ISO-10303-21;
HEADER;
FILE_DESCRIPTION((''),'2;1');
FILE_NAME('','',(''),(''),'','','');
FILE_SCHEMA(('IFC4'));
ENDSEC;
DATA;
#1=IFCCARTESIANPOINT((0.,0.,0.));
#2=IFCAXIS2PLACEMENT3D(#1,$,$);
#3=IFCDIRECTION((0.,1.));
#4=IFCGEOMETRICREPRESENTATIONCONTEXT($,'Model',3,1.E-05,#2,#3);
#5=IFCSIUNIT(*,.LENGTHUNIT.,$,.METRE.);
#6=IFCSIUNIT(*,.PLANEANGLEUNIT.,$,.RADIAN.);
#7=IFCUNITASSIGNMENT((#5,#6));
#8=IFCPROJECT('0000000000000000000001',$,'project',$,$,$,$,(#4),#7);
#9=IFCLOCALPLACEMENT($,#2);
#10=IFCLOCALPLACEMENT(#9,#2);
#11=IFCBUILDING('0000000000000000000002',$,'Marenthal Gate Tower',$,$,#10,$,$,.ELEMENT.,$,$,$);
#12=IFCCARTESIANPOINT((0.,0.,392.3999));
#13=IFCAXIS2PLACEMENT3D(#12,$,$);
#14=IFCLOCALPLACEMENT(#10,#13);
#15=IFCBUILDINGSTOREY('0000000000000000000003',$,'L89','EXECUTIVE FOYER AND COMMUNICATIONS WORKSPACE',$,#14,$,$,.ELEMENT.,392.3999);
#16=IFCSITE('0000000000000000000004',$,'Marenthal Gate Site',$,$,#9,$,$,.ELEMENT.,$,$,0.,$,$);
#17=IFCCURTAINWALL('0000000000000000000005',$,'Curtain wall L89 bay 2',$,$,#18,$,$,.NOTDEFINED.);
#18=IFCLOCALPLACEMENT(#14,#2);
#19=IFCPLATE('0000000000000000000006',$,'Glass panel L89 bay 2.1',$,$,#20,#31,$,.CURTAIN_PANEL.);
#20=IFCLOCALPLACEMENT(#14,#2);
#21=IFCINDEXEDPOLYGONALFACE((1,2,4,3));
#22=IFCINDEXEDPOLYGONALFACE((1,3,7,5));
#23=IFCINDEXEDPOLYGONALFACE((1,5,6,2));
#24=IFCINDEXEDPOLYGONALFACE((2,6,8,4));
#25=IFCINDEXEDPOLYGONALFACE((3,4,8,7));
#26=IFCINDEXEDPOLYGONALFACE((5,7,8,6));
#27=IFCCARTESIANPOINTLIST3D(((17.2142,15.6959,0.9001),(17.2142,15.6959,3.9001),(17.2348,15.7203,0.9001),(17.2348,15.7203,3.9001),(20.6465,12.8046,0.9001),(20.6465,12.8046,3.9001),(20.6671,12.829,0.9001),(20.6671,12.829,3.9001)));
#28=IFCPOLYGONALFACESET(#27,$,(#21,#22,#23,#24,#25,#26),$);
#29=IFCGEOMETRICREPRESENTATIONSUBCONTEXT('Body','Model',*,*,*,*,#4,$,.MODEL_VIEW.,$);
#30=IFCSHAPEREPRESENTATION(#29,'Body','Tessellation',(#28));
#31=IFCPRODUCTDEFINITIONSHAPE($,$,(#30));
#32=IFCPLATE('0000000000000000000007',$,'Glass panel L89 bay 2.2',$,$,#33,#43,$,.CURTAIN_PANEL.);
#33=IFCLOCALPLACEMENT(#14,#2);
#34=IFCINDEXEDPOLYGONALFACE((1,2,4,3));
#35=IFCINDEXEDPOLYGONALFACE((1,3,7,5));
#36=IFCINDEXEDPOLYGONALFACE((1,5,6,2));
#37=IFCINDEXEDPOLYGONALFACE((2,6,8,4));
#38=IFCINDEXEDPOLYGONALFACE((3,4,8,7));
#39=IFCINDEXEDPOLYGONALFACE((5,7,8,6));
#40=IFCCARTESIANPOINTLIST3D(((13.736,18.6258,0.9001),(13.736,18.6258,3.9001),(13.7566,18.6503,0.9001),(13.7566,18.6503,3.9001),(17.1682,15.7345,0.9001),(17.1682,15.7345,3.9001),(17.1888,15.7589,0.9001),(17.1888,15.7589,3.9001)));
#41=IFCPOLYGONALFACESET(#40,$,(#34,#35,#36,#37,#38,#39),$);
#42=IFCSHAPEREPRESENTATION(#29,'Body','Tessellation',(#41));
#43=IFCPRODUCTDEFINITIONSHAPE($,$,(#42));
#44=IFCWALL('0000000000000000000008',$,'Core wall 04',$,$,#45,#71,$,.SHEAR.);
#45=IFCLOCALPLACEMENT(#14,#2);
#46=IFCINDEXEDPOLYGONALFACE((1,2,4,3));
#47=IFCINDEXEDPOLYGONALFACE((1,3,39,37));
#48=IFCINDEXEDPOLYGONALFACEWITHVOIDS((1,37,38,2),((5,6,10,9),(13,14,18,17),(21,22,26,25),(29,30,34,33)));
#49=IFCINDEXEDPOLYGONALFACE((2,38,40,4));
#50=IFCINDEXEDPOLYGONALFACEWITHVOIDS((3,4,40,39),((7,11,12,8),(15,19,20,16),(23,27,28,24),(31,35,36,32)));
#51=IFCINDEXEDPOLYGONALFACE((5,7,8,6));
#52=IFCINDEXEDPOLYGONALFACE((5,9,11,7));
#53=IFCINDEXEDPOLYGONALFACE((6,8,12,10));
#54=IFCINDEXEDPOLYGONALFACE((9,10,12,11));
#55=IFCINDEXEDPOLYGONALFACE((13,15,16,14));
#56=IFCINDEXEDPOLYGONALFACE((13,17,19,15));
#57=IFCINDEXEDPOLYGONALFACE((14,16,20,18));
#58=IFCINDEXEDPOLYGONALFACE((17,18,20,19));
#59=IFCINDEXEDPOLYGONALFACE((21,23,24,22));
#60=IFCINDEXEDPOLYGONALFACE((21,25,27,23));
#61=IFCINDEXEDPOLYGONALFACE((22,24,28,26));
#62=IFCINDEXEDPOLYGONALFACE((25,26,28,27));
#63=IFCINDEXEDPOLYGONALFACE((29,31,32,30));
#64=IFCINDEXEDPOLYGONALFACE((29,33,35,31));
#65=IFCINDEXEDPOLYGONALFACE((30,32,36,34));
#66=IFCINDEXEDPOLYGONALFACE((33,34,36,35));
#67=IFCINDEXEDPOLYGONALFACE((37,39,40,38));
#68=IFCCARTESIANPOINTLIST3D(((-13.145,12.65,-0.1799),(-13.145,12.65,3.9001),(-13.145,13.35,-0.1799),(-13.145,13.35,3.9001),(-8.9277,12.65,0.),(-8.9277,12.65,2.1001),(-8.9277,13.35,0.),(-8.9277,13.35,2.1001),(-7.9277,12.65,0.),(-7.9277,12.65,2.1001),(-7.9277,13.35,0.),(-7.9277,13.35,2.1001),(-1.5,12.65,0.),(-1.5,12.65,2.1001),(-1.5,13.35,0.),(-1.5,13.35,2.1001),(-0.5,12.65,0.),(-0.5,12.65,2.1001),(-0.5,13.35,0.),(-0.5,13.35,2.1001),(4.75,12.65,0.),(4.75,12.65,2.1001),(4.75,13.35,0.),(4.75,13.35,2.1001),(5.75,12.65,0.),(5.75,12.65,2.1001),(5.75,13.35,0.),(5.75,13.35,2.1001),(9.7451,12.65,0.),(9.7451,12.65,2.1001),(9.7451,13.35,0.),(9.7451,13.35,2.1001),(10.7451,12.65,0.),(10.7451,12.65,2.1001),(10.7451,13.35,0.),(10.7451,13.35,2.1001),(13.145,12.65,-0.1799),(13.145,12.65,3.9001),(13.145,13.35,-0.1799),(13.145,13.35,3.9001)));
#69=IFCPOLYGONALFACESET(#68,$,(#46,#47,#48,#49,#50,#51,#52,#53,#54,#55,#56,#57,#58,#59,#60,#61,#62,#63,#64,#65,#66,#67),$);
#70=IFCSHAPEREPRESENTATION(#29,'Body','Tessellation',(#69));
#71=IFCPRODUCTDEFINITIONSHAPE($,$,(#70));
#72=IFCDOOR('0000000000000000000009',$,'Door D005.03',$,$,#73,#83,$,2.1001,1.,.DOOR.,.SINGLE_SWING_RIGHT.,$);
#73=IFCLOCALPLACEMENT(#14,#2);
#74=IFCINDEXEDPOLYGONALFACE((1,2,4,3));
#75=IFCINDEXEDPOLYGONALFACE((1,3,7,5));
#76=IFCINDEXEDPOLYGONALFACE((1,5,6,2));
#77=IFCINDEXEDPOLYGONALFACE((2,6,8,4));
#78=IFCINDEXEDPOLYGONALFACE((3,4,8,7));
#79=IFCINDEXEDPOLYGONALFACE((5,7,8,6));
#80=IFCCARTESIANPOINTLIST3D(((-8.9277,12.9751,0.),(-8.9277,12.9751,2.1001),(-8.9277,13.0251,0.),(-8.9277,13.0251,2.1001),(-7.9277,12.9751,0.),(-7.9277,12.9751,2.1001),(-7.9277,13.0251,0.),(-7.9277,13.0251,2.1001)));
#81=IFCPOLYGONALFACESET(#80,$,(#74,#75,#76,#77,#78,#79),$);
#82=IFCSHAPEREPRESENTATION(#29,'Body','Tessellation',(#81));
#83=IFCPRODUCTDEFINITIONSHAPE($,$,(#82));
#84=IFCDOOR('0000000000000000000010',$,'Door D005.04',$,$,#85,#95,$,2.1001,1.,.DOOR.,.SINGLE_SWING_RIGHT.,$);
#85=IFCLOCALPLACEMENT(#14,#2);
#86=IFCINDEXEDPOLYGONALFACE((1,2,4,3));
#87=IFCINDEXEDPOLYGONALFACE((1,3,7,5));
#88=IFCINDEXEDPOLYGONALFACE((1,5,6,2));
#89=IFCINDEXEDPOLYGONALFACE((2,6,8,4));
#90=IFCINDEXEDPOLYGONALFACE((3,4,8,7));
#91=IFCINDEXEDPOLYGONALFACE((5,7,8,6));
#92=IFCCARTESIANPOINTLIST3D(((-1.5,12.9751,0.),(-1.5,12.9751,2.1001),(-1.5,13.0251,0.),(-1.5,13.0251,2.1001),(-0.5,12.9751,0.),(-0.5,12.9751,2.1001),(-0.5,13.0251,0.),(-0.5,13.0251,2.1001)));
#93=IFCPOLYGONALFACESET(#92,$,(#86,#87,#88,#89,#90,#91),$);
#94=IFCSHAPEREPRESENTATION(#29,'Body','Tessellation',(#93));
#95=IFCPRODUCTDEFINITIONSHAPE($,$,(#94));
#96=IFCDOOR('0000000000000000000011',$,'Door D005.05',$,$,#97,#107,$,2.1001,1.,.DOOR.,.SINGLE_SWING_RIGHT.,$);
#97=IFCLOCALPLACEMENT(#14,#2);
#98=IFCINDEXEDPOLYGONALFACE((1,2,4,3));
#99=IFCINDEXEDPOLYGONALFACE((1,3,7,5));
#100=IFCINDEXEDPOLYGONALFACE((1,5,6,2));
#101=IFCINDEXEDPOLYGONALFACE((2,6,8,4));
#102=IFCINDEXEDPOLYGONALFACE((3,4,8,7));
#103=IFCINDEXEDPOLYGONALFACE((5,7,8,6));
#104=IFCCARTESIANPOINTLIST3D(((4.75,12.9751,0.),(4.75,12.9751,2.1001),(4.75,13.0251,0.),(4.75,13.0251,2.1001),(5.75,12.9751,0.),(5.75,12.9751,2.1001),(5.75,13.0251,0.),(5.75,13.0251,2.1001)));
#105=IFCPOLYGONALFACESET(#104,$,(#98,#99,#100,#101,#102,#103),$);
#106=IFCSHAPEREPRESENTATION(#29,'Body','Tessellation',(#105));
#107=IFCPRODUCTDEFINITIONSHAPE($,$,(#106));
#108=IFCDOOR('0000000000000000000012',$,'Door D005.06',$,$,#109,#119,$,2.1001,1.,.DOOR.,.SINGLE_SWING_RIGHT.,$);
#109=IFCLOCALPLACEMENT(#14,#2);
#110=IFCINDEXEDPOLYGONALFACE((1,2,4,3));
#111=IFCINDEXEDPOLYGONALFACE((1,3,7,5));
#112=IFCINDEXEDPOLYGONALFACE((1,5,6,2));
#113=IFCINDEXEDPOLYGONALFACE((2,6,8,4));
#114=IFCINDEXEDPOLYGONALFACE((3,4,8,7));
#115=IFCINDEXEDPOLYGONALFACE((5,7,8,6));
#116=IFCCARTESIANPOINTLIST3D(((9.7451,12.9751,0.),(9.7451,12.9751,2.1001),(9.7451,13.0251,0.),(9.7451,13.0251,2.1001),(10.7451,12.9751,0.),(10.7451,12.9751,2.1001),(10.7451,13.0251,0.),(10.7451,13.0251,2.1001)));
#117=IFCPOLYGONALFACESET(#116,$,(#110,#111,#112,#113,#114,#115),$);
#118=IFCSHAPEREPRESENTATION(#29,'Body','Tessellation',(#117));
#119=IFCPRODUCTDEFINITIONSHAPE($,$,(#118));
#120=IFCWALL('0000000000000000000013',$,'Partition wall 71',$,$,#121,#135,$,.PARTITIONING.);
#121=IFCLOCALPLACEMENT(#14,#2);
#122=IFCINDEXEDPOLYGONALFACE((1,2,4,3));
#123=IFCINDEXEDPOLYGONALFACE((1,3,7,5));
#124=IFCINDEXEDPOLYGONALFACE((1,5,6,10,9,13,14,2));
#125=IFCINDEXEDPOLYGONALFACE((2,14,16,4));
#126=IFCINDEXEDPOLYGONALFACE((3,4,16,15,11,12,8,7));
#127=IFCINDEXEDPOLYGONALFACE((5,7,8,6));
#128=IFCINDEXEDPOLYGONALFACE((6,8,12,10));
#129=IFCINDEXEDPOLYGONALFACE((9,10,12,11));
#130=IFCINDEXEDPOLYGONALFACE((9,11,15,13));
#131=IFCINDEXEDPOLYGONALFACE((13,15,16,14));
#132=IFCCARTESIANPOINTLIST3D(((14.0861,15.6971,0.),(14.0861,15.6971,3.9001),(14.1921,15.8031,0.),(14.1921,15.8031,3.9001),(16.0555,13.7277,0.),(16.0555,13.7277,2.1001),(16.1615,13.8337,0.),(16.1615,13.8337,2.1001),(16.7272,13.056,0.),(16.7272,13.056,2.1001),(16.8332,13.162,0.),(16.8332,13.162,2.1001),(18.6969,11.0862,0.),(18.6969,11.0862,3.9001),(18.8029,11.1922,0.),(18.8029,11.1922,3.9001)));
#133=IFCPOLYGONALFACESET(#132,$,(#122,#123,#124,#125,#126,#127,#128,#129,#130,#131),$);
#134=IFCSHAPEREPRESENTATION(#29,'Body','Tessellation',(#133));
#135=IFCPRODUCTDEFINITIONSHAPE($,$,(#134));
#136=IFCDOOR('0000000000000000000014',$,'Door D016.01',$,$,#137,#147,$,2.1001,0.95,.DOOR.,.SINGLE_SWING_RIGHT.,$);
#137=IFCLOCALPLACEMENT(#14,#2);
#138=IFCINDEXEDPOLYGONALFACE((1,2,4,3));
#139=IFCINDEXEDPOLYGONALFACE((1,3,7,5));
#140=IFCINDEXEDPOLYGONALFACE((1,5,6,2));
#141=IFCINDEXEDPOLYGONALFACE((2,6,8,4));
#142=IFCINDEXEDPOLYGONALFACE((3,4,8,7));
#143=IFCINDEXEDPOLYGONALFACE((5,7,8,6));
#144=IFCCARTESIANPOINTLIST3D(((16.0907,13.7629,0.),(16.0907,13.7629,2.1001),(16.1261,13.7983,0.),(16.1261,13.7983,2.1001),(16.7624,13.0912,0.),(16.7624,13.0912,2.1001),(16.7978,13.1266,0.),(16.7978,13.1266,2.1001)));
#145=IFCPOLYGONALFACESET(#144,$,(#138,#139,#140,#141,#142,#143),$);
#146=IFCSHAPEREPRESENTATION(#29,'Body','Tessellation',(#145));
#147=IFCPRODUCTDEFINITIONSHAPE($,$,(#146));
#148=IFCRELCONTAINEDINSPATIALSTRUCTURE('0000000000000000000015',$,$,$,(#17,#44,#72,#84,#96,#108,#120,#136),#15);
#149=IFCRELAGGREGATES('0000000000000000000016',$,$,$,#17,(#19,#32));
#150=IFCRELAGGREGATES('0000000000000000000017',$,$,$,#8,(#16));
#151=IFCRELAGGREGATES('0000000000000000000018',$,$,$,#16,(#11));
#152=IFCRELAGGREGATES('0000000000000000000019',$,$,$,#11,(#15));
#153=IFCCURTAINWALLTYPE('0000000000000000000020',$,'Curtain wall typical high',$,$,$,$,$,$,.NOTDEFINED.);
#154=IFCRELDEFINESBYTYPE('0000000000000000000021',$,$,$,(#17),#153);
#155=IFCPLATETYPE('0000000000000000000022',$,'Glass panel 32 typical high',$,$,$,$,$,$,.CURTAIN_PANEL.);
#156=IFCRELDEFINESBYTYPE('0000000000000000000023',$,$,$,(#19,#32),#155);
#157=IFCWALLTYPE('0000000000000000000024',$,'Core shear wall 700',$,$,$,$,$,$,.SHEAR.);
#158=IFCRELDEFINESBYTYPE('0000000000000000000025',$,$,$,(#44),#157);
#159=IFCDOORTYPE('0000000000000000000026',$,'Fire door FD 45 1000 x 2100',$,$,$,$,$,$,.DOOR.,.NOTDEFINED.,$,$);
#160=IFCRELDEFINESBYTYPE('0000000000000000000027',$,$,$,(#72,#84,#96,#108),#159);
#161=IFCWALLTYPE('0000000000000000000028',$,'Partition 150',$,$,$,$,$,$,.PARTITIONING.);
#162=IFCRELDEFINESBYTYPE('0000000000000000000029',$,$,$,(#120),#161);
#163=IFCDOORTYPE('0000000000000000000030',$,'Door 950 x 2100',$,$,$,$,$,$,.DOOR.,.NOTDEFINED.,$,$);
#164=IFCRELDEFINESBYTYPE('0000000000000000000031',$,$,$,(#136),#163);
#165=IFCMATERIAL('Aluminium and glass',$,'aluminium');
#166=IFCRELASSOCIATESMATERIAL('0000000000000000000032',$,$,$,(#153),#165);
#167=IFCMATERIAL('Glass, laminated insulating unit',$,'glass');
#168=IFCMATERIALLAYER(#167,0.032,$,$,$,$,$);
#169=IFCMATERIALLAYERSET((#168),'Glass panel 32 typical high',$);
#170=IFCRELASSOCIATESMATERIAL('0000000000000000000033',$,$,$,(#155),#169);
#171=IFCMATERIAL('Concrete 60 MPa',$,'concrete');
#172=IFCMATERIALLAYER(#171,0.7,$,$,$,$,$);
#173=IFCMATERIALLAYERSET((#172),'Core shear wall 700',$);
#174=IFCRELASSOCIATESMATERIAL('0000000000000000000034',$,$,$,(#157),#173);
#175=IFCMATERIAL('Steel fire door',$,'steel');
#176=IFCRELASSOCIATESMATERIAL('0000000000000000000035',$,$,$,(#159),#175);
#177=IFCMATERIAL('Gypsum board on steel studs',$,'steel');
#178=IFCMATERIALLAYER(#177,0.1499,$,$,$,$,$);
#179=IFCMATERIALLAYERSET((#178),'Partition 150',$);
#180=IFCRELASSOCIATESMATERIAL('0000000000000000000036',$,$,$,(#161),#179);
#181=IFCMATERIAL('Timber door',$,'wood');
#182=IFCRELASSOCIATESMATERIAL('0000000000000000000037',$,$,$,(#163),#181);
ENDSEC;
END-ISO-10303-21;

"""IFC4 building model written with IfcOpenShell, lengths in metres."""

from ifc_helpers import new_model, si_unit, direction, frame, frame_2d, origin, origin_2d, place, context, subcontext, project, spatial, rectangle, extrude, material, layer, layer_set, type_object, element, fill, aggregate, save


model = new_model("IFC4")

# Units and contexts
model_context = context("Model", 3, precision=1e-05, world=origin(), true_north=direction((0.0, 1.0)))
body_context = subcontext(model_context, "Body", "Model", "MODEL_VIEW")
ifc_project = project(units=[si_unit("LENGTHUNIT", "METRE"), si_unit("PLANEANGLEUNIT", "RADIAN")], contexts=[model_context])

# Site, building, storey
site_placement = place(None, origin())
site = spatial("IfcSite", under=ifc_project, at=site_placement, Name="Marenthal Gate Site", CompositionType="ELEMENT", RefElevation=0.0)
building_placement = place(site_placement, origin())
building = spatial("IfcBuilding", under=site, at=building_placement, Name="Marenthal Gate Tower", CompositionType="ELEMENT")
storey_placement = place(building_placement, frame((0.0, 0.0, 392.3999)))
storey = spatial("IfcBuildingStorey", under=building, at=storey_placement, Name="L89", Description="EXECUTIVE FOYER AND COMMUNICATIONS WORKSPACE", CompositionType="ELEMENT", Elevation=392.3999)

# Curtain wall
ifc_material_1 = material(Name="Aluminium and glass", Category="aluminium")
curtain_wall_type = type_object("IfcCurtainWallType", Name="Curtain wall typical high", PredefinedType="NOTDEFINED", material=ifc_material_1)
curtain_wall_placement = place(storey_placement, origin())
curtain_wall = element("IfcCurtainWall", 1, at=curtain_wall_placement, inside=storey, type_object=curtain_wall_type, Name="Curtain wall L89 bay 2", PredefinedType="NOTDEFINED")

# Plates
ifc_material_2 = material(Name="Glass, laminated insulating unit", Category="glass")
ifc_layer_1 = layer(ifc_material_2, 0.032)
ifc_layer_set_1 = layer_set([ifc_layer_1], Name="Glass panel 32 typical high")
plate_type = type_object("IfcPlateType", Name="Glass panel 32 typical high", PredefinedType="CURTAIN_PANEL", material=ifc_layer_set_1)
plate_1_placement = place(storey_placement, frame((18.9407, 14.2625, 0.9001), z_axis=(0.0, 0.0, 1.0), x_axis=(-0.764802, 0.644265, 0.0)))
plate_1 = element("IfcPlate", 2, at=plate_1_placement, type_object=plate_type, Name="Glass panel L89 bay 2.1", PredefinedType="CURTAIN_PANEL", context=body_context, shape_type="SweptSolid", body=[
    extrude(rectangle(XDim=4.4878, YDim=0.032, at=origin_2d()), origin(), (0.0, 0.0, 1.0), 3.0),
])
plate_2_placement = place(storey_placement, frame((15.4624, 17.1924, 0.9001), z_axis=(0.0, 0.0, 1.0), x_axis=(-0.764802, 0.644265, 0.0)))
plate_2 = element("IfcPlate", 3, at=plate_2_placement, type_object=plate_type, Name="Glass panel L89 bay 2.2", PredefinedType="CURTAIN_PANEL", context=body_context, shape_type="SweptSolid", body=[
    extrude(rectangle(XDim=4.4878, YDim=0.032, at=origin_2d()), origin(), (0.0, 0.0, 1.0), 3.0),
])
aggregate(curtain_wall, [plate_1, plate_2])

# Wall, openings, doors
ifc_material_3 = material(Name="Concrete 60 MPa", Category="concrete")
ifc_layer_2 = layer(ifc_material_3, 0.7)
ifc_layer_set_2 = layer_set([ifc_layer_2], Name="Core shear wall 700")
wall_type_1 = type_object("IfcWallType", Name="Core shear wall 700", PredefinedType="SHEAR", material=ifc_layer_set_2)
wall_1_placement = place(storey_placement, frame((13.145, 13.0, -0.1799), z_axis=(0.0, 0.0, 1.0), x_axis=(-1.0, 0.0, 0.0)))
wall_1 = element("IfcWall", 4, at=wall_1_placement, inside=storey, type_object=wall_type_1, Name="Core wall 04", PredefinedType="SHEAR", context=body_context, shape_type="SweptSolid", body=[
    extrude(rectangle(XDim=26.29, YDim=0.7, at=frame_2d((13.145, 0.0))), origin(), (0.0, 0.0, 1.0), 4.0801),
])
opening_1_placement = place(wall_1_placement, frame((21.0728, 0.0, 0.1799)))
opening_1 = element("IfcOpeningElement", 5, at=opening_1_placement, cuts=wall_1, PredefinedType="OPENING", context=body_context, shape_type="SweptSolid", body=[
    extrude(rectangle(XDim=1.0, YDim=2.1001, at=frame_2d((0.5, 1.05))), frame((0.0, 0.3599, 0.0), z_axis=(0.0, -1.0, 0.0), x_axis=(1.0, 0.0, 0.0)), (0.0, 0.0, 1.0), 0.72),
])
opening_2_placement = place(wall_1_placement, frame((13.645, 0.0, 0.1799)))
opening_2 = element("IfcOpeningElement", 6, at=opening_2_placement, cuts=wall_1, PredefinedType="OPENING", context=body_context, shape_type="SweptSolid", body=[
    extrude(rectangle(XDim=1.0, YDim=2.1001, at=frame_2d((0.5, 1.05))), frame((0.0, 0.3599, 0.0), z_axis=(0.0, -1.0, 0.0), x_axis=(1.0, 0.0, 0.0)), (0.0, 0.0, 1.0), 0.72),
])
opening_3_placement = place(wall_1_placement, frame((7.395, 0.0, 0.1799)))
opening_3 = element("IfcOpeningElement", 7, at=opening_3_placement, cuts=wall_1, PredefinedType="OPENING", context=body_context, shape_type="SweptSolid", body=[
    extrude(rectangle(XDim=1.0, YDim=2.1001, at=frame_2d((0.5, 1.05))), frame((0.0, 0.3599, 0.0), z_axis=(0.0, -1.0, 0.0), x_axis=(1.0, 0.0, 0.0)), (0.0, 0.0, 1.0), 0.72),
])
opening_4_placement = place(wall_1_placement, frame((2.3999, 0.0, 0.1799)))
opening_4 = element("IfcOpeningElement", 8, at=opening_4_placement, cuts=wall_1, PredefinedType="OPENING", context=body_context, shape_type="SweptSolid", body=[
    extrude(rectangle(XDim=1.0, YDim=2.1001, at=frame_2d((0.5, 1.05))), frame((0.0, 0.3599, 0.0), z_axis=(0.0, -1.0, 0.0), x_axis=(1.0, 0.0, 0.0)), (0.0, 0.0, 1.0), 0.72),
])
ifc_material_4 = material(Name="Steel fire door", Category="steel")
door_type_1 = type_object("IfcDoorType", Name="Fire door FD 45 1000 x 2100", OperationType="NOTDEFINED", PredefinedType="DOOR", material=ifc_material_4)
door_1_placement = place(opening_1_placement, origin())
door_1 = element("IfcDoor", 9, at=door_1_placement, inside=storey, type_object=door_type_1, Name="Door D005.03", OperationType="SINGLE_SWING_RIGHT", OverallHeight=2.1001, OverallWidth=1.0, PredefinedType="DOOR", context=body_context, shape_type="SweptSolid", body=[
    extrude(rectangle(XDim=1.0, YDim=2.1001, at=frame_2d((0.5, 1.05))), frame((0.0, 0.0249, 0.0), z_axis=(0.0, -1.0, 0.0), x_axis=(1.0, 0.0, 0.0)), (0.0, 0.0, 1.0), 0.05),
])
fill(opening_1, door_1)
door_2_placement = place(opening_2_placement, origin())
door_2 = element("IfcDoor", 10, at=door_2_placement, inside=storey, type_object=door_type_1, Name="Door D005.04", OperationType="SINGLE_SWING_RIGHT", OverallHeight=2.1001, OverallWidth=1.0, PredefinedType="DOOR", context=body_context, shape_type="SweptSolid", body=[
    extrude(rectangle(XDim=1.0, YDim=2.1001, at=frame_2d((0.5, 1.05))), frame((0.0, 0.0249, 0.0), z_axis=(0.0, -1.0, 0.0), x_axis=(1.0, 0.0, 0.0)), (0.0, 0.0, 1.0), 0.05),
])
fill(opening_2, door_2)
door_3_placement = place(opening_3_placement, origin())
door_3 = element("IfcDoor", 11, at=door_3_placement, inside=storey, type_object=door_type_1, Name="Door D005.05", OperationType="SINGLE_SWING_RIGHT", OverallHeight=2.1001, OverallWidth=1.0, PredefinedType="DOOR", context=body_context, shape_type="SweptSolid", body=[
    extrude(rectangle(XDim=1.0, YDim=2.1001, at=frame_2d((0.5, 1.05))), frame((0.0, 0.0249, 0.0), z_axis=(0.0, -1.0, 0.0), x_axis=(1.0, 0.0, 0.0)), (0.0, 0.0, 1.0), 0.05),
])
fill(opening_3, door_3)
door_4_placement = place(opening_4_placement, origin())
door_4 = element("IfcDoor", 12, at=door_4_placement, inside=storey, type_object=door_type_1, Name="Door D005.06", OperationType="SINGLE_SWING_RIGHT", OverallHeight=2.1001, OverallWidth=1.0, PredefinedType="DOOR", context=body_context, shape_type="SweptSolid", body=[
    extrude(rectangle(XDim=1.0, YDim=2.1001, at=frame_2d((0.5, 1.05))), frame((0.0, 0.0249, 0.0), z_axis=(0.0, -1.0, 0.0), x_axis=(1.0, 0.0, 0.0)), (0.0, 0.0, 1.0), 0.05),
])
fill(opening_4, door_4)

# Wall, opening, door
ifc_material_5 = material(Name="Gypsum board on steel studs", Category="steel")
ifc_layer_3 = layer(ifc_material_5, 0.1499)
ifc_layer_set_3 = layer_set([ifc_layer_3], Name="Partition 150")
wall_type_2 = type_object("IfcWallType", Name="Partition 150", PredefinedType="PARTITIONING", material=ifc_layer_set_3)
wall_2_placement = place(storey_placement, frame((14.1392, 15.75, 0.0), z_axis=(0.0, 0.0, 1.0), x_axis=(0.707107, -0.707107, 0.0)))
wall_2 = element("IfcWall", 13, at=wall_2_placement, inside=storey, type_object=wall_type_2, Name="Partition wall 71", PredefinedType="PARTITIONING", context=body_context, shape_type="SweptSolid", body=[
    extrude(rectangle(XDim=6.5208, YDim=0.1499, at=frame_2d((3.2603, 0.0))), origin(), (0.0, 0.0, 1.0), 3.9001),
])
opening_5_placement = place(wall_2_placement, frame((2.7849, 0.0, 0.0)))
opening_5 = element("IfcOpeningElement", 14, at=opening_5_placement, cuts=wall_2, PredefinedType="OPENING", context=body_context, shape_type="SweptSolid", body=[
    extrude(rectangle(XDim=0.95, YDim=2.1001, at=frame_2d((0.4751, 1.05))), frame((0.0, 0.085, 0.0), z_axis=(0.0, -1.0, 0.0), x_axis=(1.0, 0.0, 0.0)), (0.0, 0.0, 1.0), 0.1699),
])
ifc_material_6 = material(Name="Timber door", Category="wood")
door_type_2 = type_object("IfcDoorType", Name="Door 950 x 2100", OperationType="NOTDEFINED", PredefinedType="DOOR", material=ifc_material_6)
door_5_placement = place(opening_5_placement, origin())
door_5 = element("IfcDoor", 15, at=door_5_placement, inside=storey, type_object=door_type_2, Name="Door D016.01", OperationType="SINGLE_SWING_RIGHT", OverallHeight=2.1001, OverallWidth=0.95, PredefinedType="DOOR", context=body_context, shape_type="SweptSolid", body=[
    extrude(rectangle(XDim=0.95, YDim=2.1001, at=frame_2d((0.4751, 1.05))), frame((0.0, 0.0249, 0.0), z_axis=(0.0, -1.0, 0.0), x_axis=(1.0, 0.0, 0.0)), (0.0, 0.0, 1.0), 0.05),
])
fill(opening_5, door_5)

save(model, "model.ifc")
